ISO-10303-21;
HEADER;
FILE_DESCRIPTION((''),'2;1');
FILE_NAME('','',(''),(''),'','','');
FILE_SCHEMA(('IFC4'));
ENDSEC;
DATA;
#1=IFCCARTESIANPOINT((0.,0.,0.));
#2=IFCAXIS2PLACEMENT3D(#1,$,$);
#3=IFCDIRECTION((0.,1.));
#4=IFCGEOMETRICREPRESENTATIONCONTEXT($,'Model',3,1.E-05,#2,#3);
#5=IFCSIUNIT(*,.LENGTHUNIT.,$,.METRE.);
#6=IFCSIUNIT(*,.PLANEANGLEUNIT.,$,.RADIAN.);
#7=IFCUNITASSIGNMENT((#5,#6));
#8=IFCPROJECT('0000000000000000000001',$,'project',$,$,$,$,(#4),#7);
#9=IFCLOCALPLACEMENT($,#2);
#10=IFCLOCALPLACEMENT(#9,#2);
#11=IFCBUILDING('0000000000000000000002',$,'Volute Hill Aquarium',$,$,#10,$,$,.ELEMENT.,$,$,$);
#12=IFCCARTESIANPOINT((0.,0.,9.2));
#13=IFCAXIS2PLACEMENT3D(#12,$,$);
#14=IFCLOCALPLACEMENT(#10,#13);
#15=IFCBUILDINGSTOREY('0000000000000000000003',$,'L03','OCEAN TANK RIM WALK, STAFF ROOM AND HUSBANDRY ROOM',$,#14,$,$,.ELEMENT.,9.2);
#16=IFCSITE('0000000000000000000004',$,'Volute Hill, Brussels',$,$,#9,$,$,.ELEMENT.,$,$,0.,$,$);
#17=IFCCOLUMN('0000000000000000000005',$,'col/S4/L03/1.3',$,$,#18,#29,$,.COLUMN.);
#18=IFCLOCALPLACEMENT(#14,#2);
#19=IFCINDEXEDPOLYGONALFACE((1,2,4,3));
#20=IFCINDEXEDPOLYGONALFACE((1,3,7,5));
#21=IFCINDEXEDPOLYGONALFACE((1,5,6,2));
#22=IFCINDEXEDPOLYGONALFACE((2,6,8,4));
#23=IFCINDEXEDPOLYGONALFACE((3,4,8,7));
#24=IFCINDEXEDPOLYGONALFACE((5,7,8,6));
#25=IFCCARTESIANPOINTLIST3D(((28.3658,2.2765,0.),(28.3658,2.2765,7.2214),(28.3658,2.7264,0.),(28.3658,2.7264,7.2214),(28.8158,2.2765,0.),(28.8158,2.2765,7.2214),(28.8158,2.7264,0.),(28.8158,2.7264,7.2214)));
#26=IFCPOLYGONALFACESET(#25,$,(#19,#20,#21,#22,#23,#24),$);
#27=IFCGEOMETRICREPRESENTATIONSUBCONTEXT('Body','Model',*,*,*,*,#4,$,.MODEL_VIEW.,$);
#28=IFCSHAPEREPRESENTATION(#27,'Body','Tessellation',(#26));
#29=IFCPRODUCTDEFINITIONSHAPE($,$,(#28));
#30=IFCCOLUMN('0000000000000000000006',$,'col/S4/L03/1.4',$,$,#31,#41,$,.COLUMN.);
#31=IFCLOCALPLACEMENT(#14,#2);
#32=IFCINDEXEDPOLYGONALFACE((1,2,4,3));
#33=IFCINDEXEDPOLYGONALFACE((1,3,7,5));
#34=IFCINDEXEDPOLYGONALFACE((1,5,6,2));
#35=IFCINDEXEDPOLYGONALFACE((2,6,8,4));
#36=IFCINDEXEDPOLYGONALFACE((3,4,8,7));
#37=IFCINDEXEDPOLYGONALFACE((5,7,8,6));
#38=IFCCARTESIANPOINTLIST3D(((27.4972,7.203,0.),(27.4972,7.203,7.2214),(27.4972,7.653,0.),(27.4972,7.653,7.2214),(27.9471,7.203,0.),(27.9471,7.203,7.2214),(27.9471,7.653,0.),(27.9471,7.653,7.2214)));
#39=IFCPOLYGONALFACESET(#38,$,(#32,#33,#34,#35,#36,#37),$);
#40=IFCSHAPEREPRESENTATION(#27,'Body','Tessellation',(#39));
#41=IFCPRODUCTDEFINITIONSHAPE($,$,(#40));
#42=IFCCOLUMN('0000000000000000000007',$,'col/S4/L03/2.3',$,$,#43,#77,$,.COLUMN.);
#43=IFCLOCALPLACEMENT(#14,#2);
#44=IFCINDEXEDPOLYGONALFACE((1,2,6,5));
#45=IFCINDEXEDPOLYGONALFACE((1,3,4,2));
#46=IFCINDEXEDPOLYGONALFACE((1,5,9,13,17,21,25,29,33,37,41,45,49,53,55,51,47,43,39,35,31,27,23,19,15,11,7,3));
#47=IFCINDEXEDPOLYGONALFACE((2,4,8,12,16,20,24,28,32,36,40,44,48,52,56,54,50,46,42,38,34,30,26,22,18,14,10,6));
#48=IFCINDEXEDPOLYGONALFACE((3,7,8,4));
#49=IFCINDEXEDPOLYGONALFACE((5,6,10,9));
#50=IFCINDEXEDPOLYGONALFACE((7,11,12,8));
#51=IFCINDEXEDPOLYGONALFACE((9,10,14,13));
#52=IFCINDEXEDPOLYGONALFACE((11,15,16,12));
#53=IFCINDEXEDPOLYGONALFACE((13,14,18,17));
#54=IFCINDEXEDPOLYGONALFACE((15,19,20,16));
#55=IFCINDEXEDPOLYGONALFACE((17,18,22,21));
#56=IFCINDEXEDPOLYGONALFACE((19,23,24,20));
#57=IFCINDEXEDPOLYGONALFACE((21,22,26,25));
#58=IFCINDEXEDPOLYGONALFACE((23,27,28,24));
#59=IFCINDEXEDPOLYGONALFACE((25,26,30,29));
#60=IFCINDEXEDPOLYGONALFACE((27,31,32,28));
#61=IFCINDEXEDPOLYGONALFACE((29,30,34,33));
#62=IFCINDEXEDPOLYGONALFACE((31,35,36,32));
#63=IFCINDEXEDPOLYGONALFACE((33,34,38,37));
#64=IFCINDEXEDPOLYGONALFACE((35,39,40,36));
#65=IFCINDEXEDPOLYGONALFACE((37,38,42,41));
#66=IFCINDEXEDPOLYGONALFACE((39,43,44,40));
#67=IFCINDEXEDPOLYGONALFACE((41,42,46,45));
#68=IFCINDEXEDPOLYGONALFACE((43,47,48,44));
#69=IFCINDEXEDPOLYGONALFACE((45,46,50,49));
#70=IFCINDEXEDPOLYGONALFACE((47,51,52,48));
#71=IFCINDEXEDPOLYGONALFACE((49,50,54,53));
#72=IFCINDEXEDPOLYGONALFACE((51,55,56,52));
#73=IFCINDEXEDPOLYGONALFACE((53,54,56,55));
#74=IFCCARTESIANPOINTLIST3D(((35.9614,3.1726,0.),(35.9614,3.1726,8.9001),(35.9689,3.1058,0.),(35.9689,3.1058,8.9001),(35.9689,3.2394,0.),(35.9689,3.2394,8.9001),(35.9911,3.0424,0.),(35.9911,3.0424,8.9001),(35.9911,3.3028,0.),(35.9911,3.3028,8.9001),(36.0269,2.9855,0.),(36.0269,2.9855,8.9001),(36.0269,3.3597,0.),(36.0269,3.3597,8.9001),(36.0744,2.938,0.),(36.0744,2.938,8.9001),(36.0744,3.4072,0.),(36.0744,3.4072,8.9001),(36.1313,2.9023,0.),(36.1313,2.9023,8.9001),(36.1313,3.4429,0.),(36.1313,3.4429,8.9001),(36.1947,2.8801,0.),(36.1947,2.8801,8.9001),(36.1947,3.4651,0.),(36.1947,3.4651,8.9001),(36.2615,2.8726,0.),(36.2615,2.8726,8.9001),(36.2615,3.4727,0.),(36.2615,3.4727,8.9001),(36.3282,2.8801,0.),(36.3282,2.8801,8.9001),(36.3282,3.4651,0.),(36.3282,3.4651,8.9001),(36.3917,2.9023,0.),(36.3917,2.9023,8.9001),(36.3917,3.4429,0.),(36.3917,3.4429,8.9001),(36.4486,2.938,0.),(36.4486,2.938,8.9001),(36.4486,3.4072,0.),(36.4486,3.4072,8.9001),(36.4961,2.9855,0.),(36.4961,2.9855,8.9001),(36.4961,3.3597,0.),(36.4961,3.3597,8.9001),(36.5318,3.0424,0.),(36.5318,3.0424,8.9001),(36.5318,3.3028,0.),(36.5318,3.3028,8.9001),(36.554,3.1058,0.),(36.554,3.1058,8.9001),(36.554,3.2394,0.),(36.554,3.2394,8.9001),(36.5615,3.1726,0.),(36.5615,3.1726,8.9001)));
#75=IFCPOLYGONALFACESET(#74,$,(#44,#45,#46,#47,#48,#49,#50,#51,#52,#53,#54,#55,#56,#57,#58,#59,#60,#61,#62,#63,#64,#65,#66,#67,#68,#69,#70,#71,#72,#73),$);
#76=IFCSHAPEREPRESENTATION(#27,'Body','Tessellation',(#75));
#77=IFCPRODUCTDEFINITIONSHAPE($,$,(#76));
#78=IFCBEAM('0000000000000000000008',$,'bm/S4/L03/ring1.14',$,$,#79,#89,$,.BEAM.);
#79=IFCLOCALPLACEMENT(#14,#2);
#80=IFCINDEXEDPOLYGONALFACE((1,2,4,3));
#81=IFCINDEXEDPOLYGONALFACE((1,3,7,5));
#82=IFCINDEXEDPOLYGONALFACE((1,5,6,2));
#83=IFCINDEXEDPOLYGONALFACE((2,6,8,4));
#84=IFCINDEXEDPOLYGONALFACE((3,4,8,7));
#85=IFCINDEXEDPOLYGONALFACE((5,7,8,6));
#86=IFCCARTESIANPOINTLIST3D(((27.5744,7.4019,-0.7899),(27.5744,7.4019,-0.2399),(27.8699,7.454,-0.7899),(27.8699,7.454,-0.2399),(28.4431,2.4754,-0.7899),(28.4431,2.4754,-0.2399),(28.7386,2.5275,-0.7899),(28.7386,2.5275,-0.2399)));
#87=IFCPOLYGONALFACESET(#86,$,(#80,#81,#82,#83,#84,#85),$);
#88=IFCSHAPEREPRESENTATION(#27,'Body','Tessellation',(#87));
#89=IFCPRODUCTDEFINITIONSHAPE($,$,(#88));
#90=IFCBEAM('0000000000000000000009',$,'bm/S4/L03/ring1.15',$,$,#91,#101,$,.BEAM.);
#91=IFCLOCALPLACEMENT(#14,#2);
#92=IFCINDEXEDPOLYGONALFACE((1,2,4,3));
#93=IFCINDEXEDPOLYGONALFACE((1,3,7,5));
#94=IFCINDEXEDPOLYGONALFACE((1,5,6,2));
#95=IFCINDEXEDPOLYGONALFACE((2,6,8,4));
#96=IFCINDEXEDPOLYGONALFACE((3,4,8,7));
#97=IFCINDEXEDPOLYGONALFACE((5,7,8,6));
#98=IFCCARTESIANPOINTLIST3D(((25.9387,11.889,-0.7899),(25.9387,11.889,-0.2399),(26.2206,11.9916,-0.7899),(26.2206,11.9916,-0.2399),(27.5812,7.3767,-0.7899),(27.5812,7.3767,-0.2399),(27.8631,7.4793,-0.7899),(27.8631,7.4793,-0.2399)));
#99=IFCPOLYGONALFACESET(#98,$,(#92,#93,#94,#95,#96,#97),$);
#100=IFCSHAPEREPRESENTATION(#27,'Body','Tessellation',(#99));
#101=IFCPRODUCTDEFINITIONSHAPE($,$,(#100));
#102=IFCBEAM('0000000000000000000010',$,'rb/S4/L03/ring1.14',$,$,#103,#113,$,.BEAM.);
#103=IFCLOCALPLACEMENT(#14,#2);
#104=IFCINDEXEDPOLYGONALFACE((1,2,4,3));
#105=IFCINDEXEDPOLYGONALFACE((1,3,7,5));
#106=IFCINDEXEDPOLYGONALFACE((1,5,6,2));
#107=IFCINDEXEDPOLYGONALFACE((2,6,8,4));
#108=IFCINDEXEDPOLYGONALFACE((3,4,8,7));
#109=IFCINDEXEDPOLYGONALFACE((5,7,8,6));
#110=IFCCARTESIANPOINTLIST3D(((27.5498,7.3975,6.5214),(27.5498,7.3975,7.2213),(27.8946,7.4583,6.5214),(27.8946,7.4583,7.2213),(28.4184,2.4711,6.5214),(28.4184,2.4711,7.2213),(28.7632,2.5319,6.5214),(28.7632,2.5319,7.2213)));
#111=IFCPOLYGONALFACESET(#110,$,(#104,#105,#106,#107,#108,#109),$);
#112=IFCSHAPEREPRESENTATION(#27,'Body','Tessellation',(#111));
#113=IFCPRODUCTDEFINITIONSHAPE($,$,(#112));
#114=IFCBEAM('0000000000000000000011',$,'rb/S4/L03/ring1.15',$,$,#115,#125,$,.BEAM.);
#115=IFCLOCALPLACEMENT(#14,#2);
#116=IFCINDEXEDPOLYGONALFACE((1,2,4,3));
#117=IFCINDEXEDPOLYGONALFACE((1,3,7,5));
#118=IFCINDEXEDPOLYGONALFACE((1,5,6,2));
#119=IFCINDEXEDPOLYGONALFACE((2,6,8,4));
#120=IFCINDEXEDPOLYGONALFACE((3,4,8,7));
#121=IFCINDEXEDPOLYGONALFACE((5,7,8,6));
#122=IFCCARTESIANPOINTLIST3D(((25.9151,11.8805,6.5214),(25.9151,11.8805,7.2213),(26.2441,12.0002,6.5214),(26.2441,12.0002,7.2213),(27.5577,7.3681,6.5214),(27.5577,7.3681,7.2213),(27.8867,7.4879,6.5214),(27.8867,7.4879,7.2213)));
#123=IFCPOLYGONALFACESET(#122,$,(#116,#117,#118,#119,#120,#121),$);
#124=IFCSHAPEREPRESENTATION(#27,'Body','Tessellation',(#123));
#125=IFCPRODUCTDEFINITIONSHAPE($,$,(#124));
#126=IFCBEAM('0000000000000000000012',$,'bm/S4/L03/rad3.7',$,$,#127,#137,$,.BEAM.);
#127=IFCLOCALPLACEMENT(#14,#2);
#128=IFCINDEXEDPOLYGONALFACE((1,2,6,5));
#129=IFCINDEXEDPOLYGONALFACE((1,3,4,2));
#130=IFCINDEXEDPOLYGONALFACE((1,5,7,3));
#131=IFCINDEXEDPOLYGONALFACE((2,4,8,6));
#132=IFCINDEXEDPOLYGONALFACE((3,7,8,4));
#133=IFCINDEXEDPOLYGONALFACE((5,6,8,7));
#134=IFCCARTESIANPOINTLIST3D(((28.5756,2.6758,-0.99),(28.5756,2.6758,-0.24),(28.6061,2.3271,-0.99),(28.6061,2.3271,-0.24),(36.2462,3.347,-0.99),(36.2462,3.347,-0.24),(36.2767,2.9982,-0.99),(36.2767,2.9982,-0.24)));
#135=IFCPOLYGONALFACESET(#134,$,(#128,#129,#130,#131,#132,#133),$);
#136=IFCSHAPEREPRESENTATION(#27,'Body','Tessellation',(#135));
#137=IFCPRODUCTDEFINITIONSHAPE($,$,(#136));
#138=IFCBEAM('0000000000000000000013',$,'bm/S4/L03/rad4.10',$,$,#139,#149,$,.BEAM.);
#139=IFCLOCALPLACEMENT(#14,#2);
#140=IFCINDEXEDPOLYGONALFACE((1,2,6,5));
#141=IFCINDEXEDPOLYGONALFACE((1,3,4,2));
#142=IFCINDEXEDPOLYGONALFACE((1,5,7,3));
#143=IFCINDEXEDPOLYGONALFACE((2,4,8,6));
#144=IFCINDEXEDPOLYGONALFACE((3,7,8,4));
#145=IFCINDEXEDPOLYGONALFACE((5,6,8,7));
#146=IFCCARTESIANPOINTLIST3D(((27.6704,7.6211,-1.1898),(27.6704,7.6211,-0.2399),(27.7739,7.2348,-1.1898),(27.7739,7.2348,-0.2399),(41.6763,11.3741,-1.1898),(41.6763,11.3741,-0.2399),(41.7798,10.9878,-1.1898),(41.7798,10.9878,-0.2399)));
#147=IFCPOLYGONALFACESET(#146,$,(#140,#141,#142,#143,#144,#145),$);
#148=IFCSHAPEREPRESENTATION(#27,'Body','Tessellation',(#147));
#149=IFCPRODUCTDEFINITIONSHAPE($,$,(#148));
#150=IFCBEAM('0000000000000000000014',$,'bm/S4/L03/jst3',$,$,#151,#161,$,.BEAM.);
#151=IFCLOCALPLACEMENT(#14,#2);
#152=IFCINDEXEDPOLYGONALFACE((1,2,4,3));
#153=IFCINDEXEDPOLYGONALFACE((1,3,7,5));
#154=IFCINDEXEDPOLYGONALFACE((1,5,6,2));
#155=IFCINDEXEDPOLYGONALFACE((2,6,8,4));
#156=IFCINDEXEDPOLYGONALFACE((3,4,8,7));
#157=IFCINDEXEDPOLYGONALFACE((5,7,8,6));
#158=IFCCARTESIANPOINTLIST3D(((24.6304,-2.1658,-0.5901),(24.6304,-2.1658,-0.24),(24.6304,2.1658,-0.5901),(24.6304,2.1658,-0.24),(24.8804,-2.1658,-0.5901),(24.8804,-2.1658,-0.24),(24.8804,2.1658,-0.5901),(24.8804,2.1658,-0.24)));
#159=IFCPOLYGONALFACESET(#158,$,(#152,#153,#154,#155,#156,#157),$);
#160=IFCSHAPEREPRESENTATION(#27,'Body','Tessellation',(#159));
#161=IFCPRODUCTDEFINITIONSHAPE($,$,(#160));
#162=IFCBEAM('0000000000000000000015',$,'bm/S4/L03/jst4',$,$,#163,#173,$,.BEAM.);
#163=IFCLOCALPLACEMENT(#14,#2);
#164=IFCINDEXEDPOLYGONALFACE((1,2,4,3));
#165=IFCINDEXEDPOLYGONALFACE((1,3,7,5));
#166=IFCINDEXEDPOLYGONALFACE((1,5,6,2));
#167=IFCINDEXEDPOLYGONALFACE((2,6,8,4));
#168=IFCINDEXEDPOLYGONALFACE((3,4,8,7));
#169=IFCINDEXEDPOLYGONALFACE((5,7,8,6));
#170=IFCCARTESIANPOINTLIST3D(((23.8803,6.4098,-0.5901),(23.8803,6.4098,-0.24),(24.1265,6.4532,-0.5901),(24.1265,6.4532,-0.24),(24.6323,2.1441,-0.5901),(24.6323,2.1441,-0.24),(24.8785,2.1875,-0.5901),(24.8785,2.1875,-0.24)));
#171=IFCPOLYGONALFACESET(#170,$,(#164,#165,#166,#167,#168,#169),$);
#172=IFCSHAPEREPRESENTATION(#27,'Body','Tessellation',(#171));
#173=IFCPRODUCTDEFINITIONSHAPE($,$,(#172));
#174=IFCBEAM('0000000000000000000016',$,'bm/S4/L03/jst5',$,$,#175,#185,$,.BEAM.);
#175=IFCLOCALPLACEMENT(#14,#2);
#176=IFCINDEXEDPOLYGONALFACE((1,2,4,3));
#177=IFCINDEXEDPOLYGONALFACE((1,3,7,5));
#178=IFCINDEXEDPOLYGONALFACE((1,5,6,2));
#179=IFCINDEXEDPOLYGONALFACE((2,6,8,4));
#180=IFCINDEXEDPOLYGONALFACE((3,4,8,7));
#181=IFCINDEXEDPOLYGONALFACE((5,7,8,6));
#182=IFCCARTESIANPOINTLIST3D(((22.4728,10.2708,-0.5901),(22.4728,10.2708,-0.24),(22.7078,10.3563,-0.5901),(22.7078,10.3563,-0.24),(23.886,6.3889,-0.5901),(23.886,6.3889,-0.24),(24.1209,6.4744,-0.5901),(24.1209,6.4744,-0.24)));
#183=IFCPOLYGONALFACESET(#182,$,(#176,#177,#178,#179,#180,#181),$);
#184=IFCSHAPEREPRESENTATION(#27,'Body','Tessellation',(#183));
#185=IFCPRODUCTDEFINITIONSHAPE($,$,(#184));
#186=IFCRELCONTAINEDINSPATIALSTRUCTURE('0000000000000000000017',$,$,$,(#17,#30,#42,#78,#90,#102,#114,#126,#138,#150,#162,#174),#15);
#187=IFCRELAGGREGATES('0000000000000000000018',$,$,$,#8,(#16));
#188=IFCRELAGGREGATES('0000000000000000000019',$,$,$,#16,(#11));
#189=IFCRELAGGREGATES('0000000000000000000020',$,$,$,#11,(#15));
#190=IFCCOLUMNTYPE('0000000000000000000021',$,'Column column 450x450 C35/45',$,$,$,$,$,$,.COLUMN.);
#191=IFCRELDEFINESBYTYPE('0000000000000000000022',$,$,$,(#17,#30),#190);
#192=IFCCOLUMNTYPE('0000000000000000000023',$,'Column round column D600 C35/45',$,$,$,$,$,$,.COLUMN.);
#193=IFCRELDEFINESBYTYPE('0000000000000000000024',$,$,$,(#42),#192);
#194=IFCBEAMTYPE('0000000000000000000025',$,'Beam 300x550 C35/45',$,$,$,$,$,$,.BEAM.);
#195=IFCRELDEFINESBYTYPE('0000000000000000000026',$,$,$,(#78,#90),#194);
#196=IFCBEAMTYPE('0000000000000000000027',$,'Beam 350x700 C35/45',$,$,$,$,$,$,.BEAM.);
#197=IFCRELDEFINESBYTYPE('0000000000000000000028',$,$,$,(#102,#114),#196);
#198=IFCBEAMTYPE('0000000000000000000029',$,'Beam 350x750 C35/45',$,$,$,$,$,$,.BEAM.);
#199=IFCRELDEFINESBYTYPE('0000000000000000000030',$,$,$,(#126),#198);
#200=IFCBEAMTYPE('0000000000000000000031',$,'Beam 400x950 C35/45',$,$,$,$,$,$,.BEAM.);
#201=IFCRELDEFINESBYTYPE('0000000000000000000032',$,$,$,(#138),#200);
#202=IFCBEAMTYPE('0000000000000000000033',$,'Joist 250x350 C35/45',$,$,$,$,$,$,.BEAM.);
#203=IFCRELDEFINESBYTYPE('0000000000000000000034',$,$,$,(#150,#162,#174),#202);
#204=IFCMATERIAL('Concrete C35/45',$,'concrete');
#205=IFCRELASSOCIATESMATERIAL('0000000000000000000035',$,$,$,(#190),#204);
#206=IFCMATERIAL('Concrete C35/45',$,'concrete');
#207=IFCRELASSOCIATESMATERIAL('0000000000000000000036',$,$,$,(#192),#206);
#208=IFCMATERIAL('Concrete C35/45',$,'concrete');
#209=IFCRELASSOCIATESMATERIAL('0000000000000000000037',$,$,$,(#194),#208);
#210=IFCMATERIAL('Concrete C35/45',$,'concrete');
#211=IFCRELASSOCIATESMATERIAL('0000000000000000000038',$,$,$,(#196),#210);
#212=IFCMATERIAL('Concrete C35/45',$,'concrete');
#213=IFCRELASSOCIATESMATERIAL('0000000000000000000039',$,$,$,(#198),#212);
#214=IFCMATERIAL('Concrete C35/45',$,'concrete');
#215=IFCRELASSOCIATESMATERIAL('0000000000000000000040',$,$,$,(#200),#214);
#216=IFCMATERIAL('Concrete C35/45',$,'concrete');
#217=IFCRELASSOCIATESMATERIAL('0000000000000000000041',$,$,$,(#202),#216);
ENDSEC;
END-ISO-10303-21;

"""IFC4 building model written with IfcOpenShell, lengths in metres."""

from ifc_helpers import new_model, si_unit, direction, frame, origin, origin_2d, place, context, subcontext, project, spatial, rectangle, circle, extrude, material, material_profile, profile_set, type_object, element, save


model = new_model("IFC4")

# Units and contexts
model_context = context("Model", 3, precision=1e-05, world=origin(), true_north=direction((0.0, 1.0)))
body_context = subcontext(model_context, "Body", "Model", "MODEL_VIEW")
ifc_project = project(units=[si_unit("LENGTHUNIT", "METRE"), si_unit("PLANEANGLEUNIT", "RADIAN")], contexts=[model_context])

# Site, building, storey
site_placement = place(None, origin())
site = spatial("IfcSite", under=ifc_project, at=site_placement, Name="Volute Hill, Brussels", CompositionType="ELEMENT", RefElevation=0.0)
building_placement = place(site_placement, origin())
building = spatial("IfcBuilding", under=site, at=building_placement, Name="Volute Hill Aquarium", CompositionType="ELEMENT")
storey_placement = place(building_placement, frame((0.0, 0.0, 9.2)))
storey = spatial("IfcBuildingStorey", under=building, at=storey_placement, Name="L03", Description="OCEAN TANK RIM WALK, STAFF ROOM AND HUSBANDRY ROOM", CompositionType="ELEMENT", Elevation=9.2)

# Columns
ifc_material_1 = material(Name="Concrete C35/45", Category="concrete")
ifc_material_profile_1 = material_profile(ifc_material_1, rectangle(XDim=0.45, YDim=0.45, at=origin_2d()), Name="RC column 450x450")
ifc_profile_set_1 = profile_set([ifc_material_profile_1], Name="Concrete C35/45")
column_type_1 = type_object("IfcColumnType", Name="Column column 450x450 C35/45", PredefinedType="COLUMN", material=ifc_profile_set_1)
for number, where, z_axis, x_axis, name in (
    (1, (28.5908, 2.5015, 0.0), (0.0, 0.0, 1.0), (1.0, 0.0, 0.0), "col/S4/L03/1.3"),
    (2, (27.7222, 7.428, 0.0), (0.0, 0.0, 1.0), (1.0, 0.0, 0.0), "col/S4/L03/1.4"),
):
    element("IfcColumn", number, at=place(storey_placement, frame(where, z_axis=z_axis, x_axis=x_axis)), inside=storey, type_object=column_type_1, Name=name, PredefinedType="COLUMN", context=body_context, shape_type="SweptSolid", body=[
        extrude(rectangle(XDim=0.45, YDim=0.45, at=origin_2d()), origin(), (0.0, 0.0, 1.0), 7.2214),
    ])
ifc_material_2 = material(Name="Concrete C35/45", Category="concrete")
ifc_material_profile_2 = material_profile(ifc_material_2, circle(Radius=0.3, at=origin_2d()), Name="RC round column D600")
ifc_profile_set_2 = profile_set([ifc_material_profile_2], Name="Concrete C35/45")
column_type_2 = type_object("IfcColumnType", Name="Column round column D600 C35/45", PredefinedType="COLUMN", material=ifc_profile_set_2)
column_placement = place(storey_placement, frame((36.2615, 3.1726, 0.0), z_axis=(0.0, 0.0, 1.0), x_axis=(1.0, 0.0, 0.0)))
element("IfcColumn", 3, at=column_placement, inside=storey, type_object=column_type_2, Name="col/S4/L03/2.3", PredefinedType="COLUMN", context=body_context, shape_type="SweptSolid", body=[
    extrude(circle(Radius=0.3, at=origin_2d()), origin(), (0.0, 0.0, 1.0), 8.9001),
])

# Beams
ifc_material_3 = material(Name="Concrete C35/45", Category="concrete")
ifc_material_profile_3 = material_profile(ifc_material_3, rectangle(XDim=0.3, YDim=0.55, at=origin_2d()), Name="RC beam 300x550")
ifc_profile_set_3 = profile_set([ifc_material_profile_3], Name="Concrete C35/45")
beam_type_1 = type_object("IfcBeamType", Name="Beam 300x550 C35/45", PredefinedType="BEAM", material=ifc_profile_set_3)
beam_1_placement = place(storey_placement, frame((28.5908, 2.5015, -0.5149), z_axis=(-0.173643, 0.984809, 0.0), x_axis=(-0.984809, -0.173643, 0.0)))
element("IfcBeam", 4, at=beam_1_placement, inside=storey, type_object=beam_type_1, Name="bm/S4/L03/ring1.14", PredefinedType="BEAM", context=body_context, shape_type="SweptSolid", body=[
    extrude(rectangle(XDim=0.3, YDim=0.55, at=origin_2d()), origin(), (0.0, 0.0, 1.0), 5.0024),
])
beam_2_placement = place(storey_placement, frame((27.7222, 7.428, -0.5149), z_axis=(-0.342053, 0.939681, 0.0), x_axis=(-0.939681, -0.342053, 0.0)))
element("IfcBeam", 5, at=beam_2_placement, inside=storey, type_object=beam_type_1, Name="bm/S4/L03/ring1.15", PredefinedType="BEAM", context=body_context, shape_type="SweptSolid", body=[
    extrude(rectangle(XDim=0.3, YDim=0.55, at=origin_2d()), origin(), (0.0, 0.0, 1.0), 4.802),
])
ifc_material_4 = material(Name="Concrete C35/45", Category="concrete")
ifc_material_profile_4 = material_profile(ifc_material_4, rectangle(XDim=0.3501, YDim=0.7, at=origin_2d()), Name="RC beam 350x700")
ifc_profile_set_4 = profile_set([ifc_material_profile_4], Name="Concrete C35/45")
beam_type_2 = type_object("IfcBeamType", Name="Beam 350x700 C35/45", PredefinedType="BEAM", material=ifc_profile_set_4)
beam_3_placement = place(storey_placement, frame((28.5908, 2.5015, 6.8713), z_axis=(-0.173643, 0.984809, 0.0), x_axis=(-0.984809, -0.173643, 0.0)))
element("IfcBeam", 6, at=beam_3_placement, inside=storey, type_object=beam_type_2, Name="rb/S4/L03/ring1.14", PredefinedType="BEAM", context=body_context, shape_type="SweptSolid", body=[
    extrude(rectangle(XDim=0.3501, YDim=0.7, at=origin_2d()), origin(), (0.0, 0.0, 1.0), 5.0024),
])
beam_4_placement = place(storey_placement, frame((27.7222, 7.428, 6.8713), z_axis=(-0.342053, 0.939681, 0.0), x_axis=(-0.939681, -0.342053, 0.0)))
element("IfcBeam", 7, at=beam_4_placement, inside=storey, type_object=beam_type_2, Name="rb/S4/L03/ring1.15", PredefinedType="BEAM", context=body_context, shape_type="SweptSolid", body=[
    extrude(rectangle(XDim=0.3501, YDim=0.7, at=origin_2d()), origin(), (0.0, 0.0, 1.0), 4.802),
])
ifc_material_5 = material(Name="Concrete C35/45", Category="concrete")
ifc_material_profile_5 = material_profile(ifc_material_5, rectangle(XDim=0.3501, YDim=0.75, at=origin_2d()), Name="RC beam 350x750")
ifc_profile_set_5 = profile_set([ifc_material_profile_5], Name="Concrete C35/45")
beam_type_3 = type_object("IfcBeamType", Name="Beam 350x750 C35/45", PredefinedType="BEAM", material=ifc_profile_set_5)
beam_5_placement = place(storey_placement, frame((28.5908, 2.5015, -0.615), z_axis=(0.996194, 0.087162, 0.0), x_axis=(-0.087162, 0.996194, 0.0)))
element("IfcBeam", 8, at=beam_5_placement, inside=storey, type_object=beam_type_3, Name="bm/S4/L03/rad3.7", PredefinedType="BEAM", context=body_context, shape_type="SweptSolid", body=[
    extrude(rectangle(XDim=0.3501, YDim=0.75, at=origin_2d()), origin(), (0.0, 0.0, 1.0), 7.7),
])
ifc_material_6 = material(Name="Concrete C35/45", Category="concrete")
ifc_material_profile_6 = material_profile(ifc_material_6, rectangle(XDim=0.3999, YDim=0.95, at=origin_2d()), Name="RC beam 400x950")
ifc_profile_set_6 = profile_set([ifc_material_profile_6], Name="Concrete C35/45")
beam_type_4 = type_object("IfcBeamType", Name="Beam 400x950 C35/45", PredefinedType="BEAM", material=ifc_profile_set_6)
beam_6_placement = place(storey_placement, frame((27.7222, 7.428, -0.7148), z_axis=(0.965925, 0.258824, 0.0), x_axis=(-0.258824, 0.965925, 0.0)))
element("IfcBeam", 9, at=beam_6_placement, inside=storey, type_object=beam_type_4, Name="bm/S4/L03/rad4.10", PredefinedType="BEAM", context=body_context, shape_type="SweptSolid", body=[
    extrude(rectangle(XDim=0.3999, YDim=0.95, at=origin_2d()), origin(), (0.0, 0.0, 1.0), 14.5),
])
ifc_material_7 = material(Name="Concrete C35/45", Category="concrete")
ifc_material_profile_7 = material_profile(ifc_material_7, rectangle(XDim=0.25, YDim=0.3501, at=origin_2d()), Name="RC joist 250x350")
ifc_profile_set_7 = profile_set([ifc_material_profile_7], Name="Concrete C35/45")
beam_type_5 = type_object("IfcBeamType", Name="Joist 250x350 C35/45", PredefinedType="BEAM", material=ifc_profile_set_7)
for number, where, z_axis, x_axis, name in (
    (10, (24.7554, -2.1658, -0.415), (0.0, 1.0, 0.0), (-1.0, 0.0, 0.0), "bm/S4/L03/jst3"),
    (11, (24.7554, 2.1658, -0.415), (-0.173596, 0.984817, 0.0), (-0.984817, -0.173596, 0.0), "bm/S4/L03/jst4"),
):
    element("IfcBeam", number, at=place(storey_placement, frame(where, z_axis=z_axis, x_axis=x_axis)), inside=storey, type_object=beam_type_5, Name=name, PredefinedType="BEAM", context=body_context, shape_type="SweptSolid", body=[
        extrude(rectangle(XDim=0.25, YDim=0.3501, at=origin_2d()), origin(), (0.0, 0.0, 1.0), 4.3315),
    ])
beam_7_placement = place(storey_placement, frame((24.0034, 6.4316, -0.415), z_axis=(-0.342066, 0.939676, 0.0), x_axis=(-0.939676, -0.342066, 0.0)))
element("IfcBeam", 12, at=beam_7_placement, inside=storey, type_object=beam_type_5, Name="bm/S4/L03/jst5", PredefinedType="BEAM", context=body_context, shape_type="SweptSolid", body=[
    extrude(rectangle(XDim=0.25, YDim=0.3501, at=origin_2d()), origin(), (0.0, 0.0, 1.0), 4.1311),
])

save(model, "model.ifc")
